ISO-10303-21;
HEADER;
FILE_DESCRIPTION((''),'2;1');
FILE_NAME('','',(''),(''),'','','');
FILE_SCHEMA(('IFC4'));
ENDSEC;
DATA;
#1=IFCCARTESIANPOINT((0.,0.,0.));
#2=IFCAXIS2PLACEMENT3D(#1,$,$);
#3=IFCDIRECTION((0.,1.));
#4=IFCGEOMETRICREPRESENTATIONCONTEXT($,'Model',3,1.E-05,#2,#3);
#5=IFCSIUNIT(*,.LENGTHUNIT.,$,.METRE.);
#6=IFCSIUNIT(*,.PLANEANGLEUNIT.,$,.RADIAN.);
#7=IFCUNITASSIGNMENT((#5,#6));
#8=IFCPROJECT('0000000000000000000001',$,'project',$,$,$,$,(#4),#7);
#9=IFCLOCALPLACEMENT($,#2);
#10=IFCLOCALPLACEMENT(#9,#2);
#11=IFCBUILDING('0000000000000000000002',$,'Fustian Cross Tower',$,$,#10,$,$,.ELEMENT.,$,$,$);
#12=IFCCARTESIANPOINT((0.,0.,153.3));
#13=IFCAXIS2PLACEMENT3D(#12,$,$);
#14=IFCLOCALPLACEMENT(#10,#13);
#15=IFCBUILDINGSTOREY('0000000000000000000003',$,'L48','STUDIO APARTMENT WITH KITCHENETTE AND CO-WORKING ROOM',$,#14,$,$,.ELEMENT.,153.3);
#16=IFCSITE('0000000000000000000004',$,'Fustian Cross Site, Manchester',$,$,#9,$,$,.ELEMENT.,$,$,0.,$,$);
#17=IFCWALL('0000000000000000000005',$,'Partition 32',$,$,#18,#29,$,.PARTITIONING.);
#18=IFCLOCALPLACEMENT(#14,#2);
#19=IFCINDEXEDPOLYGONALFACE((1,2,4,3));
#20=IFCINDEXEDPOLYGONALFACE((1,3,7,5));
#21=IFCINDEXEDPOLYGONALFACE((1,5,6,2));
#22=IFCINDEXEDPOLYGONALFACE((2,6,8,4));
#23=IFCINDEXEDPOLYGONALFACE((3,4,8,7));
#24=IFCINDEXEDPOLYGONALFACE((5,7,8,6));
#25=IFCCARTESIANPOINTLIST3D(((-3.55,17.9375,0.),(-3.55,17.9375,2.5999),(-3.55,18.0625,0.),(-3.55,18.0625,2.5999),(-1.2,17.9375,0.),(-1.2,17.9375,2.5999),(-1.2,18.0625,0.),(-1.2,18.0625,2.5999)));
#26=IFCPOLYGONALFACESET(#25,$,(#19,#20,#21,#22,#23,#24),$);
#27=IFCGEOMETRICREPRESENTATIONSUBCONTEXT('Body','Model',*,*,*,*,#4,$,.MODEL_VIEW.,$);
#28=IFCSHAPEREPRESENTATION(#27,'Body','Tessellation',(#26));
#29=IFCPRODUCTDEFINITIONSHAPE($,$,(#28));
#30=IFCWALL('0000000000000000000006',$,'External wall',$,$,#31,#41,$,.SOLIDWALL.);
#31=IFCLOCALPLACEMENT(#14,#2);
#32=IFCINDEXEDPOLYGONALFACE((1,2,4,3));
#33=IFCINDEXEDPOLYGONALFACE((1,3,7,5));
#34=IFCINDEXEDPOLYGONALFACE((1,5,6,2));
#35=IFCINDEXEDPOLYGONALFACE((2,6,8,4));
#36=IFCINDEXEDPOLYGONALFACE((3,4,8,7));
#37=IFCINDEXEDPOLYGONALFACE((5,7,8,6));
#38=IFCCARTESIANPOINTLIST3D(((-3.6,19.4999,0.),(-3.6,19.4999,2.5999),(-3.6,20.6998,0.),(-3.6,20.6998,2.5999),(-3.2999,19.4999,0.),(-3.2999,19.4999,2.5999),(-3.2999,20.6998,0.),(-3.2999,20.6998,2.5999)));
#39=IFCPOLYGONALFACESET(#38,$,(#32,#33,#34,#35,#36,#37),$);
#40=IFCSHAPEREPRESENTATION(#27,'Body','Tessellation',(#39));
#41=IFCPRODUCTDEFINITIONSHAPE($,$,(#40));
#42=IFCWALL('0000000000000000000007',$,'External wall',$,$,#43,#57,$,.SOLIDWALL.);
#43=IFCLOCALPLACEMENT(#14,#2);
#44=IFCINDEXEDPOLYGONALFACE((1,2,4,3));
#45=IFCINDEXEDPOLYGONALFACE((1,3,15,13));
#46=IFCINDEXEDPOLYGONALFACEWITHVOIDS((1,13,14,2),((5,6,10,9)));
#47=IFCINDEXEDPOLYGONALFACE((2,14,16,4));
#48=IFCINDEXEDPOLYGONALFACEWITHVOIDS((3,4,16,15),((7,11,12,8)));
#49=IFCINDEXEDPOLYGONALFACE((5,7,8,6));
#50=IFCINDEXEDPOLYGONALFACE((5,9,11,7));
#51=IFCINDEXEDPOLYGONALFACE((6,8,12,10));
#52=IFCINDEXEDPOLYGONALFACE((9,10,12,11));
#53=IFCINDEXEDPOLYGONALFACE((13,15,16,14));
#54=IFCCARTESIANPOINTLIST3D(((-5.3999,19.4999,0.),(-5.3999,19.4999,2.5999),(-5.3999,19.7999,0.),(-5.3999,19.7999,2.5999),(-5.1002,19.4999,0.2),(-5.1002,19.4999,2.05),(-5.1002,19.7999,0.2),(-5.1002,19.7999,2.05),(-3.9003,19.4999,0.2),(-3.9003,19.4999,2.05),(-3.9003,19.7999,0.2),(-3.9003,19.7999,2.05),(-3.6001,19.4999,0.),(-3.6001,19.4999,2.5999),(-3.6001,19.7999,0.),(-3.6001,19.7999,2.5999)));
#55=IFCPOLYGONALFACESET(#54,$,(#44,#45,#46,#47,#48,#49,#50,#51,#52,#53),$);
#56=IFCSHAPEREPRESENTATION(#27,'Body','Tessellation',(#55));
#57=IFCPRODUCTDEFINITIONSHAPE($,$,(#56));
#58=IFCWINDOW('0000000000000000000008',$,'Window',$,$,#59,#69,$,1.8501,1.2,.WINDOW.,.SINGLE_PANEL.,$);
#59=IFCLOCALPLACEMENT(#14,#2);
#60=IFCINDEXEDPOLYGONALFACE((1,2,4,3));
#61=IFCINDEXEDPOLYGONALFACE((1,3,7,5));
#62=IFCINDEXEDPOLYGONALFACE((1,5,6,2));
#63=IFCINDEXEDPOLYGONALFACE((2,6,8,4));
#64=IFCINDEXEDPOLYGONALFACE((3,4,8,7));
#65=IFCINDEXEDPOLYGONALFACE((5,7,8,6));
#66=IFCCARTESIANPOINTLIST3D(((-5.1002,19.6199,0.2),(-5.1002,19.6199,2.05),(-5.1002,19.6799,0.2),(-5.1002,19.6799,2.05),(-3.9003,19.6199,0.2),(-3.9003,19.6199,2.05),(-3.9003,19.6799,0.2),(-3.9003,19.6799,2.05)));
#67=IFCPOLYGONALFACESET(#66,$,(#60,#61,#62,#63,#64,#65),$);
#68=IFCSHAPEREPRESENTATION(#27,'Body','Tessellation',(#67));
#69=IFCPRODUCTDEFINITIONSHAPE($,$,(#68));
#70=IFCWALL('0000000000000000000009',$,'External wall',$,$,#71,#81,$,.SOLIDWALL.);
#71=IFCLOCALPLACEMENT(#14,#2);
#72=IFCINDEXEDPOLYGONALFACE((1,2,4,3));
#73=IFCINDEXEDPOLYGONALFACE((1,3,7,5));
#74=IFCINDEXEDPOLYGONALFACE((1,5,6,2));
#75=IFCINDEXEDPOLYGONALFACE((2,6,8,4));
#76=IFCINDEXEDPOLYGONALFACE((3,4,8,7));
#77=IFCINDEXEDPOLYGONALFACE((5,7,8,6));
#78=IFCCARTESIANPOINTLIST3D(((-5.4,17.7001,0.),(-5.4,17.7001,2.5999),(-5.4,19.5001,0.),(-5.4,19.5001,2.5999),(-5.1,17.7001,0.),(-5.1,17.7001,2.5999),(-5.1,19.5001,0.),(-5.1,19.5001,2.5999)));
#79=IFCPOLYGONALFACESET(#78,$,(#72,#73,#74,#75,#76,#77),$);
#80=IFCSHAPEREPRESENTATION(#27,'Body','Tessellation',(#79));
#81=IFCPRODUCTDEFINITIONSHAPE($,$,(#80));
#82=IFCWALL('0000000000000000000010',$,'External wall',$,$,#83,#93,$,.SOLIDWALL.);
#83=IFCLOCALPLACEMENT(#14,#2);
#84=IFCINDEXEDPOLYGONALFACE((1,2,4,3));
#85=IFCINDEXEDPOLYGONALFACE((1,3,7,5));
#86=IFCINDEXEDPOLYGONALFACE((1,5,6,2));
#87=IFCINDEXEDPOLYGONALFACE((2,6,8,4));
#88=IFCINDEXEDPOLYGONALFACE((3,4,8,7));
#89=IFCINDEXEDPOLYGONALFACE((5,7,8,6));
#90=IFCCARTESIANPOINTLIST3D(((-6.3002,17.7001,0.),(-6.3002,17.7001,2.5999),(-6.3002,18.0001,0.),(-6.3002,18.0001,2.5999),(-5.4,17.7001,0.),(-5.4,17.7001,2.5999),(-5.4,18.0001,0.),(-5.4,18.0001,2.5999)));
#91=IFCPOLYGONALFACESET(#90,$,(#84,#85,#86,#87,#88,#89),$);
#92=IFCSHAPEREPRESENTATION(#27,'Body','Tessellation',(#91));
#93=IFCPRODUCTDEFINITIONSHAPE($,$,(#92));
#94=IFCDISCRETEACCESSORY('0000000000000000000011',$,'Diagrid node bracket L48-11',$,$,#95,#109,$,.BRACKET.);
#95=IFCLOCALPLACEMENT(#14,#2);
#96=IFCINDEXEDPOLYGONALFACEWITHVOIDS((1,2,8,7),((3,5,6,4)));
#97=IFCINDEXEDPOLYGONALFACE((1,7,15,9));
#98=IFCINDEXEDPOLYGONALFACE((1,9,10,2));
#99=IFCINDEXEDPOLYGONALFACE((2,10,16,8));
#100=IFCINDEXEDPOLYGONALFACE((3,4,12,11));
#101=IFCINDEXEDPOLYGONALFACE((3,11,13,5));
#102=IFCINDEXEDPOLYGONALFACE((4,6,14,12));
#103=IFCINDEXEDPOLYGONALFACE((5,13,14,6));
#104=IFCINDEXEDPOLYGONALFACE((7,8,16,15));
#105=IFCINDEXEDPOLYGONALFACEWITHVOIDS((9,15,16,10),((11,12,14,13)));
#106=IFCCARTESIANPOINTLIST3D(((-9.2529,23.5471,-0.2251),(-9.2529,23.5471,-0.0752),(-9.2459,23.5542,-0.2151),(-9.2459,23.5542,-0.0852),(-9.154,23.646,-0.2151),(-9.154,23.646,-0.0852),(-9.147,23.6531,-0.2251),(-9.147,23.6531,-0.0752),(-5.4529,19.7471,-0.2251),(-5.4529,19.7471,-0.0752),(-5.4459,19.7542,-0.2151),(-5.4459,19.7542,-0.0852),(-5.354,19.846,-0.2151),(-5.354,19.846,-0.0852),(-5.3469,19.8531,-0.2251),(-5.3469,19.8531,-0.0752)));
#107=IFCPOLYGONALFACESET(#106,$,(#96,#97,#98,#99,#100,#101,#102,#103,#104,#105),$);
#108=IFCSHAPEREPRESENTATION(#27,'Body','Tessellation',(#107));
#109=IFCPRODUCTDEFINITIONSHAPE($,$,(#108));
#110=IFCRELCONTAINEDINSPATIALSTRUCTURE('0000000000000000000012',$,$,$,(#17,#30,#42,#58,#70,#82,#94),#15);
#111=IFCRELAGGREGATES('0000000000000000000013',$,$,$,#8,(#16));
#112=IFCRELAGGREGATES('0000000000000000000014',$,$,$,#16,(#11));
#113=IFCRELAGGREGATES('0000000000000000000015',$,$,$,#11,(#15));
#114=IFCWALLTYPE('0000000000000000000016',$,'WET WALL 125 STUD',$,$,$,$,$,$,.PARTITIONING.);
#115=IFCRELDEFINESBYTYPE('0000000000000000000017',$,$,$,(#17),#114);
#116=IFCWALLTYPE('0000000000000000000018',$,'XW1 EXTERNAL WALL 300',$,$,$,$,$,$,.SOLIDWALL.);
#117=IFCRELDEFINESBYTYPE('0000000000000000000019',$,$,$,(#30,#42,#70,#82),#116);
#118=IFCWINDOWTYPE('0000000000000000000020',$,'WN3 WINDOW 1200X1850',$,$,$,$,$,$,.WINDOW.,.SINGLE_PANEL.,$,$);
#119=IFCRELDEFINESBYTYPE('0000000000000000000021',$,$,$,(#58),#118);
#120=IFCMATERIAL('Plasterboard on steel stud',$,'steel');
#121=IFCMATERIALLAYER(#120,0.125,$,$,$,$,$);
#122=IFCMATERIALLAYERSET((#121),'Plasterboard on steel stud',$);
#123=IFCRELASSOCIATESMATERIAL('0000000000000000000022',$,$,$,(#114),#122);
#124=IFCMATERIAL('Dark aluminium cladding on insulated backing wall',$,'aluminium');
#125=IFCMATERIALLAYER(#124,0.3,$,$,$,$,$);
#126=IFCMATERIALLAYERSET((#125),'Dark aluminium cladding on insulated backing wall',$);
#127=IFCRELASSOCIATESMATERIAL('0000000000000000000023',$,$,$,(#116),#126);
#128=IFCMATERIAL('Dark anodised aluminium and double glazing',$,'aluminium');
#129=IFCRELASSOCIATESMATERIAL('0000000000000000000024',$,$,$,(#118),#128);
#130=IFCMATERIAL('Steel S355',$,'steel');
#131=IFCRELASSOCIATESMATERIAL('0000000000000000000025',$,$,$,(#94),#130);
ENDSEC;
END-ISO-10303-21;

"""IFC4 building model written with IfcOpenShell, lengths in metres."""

from ifc_helpers import new_model, si_unit, direction, frame, frame_2d, origin, origin_2d, place, context, subcontext, project, spatial, rectangle, hollow_rectangle, extrude, material, layer, layer_set, type_object, element, fill, save


model = new_model("IFC4")

# Units and contexts
model_context = context("Model", 3, precision=1e-05, world=origin(), true_north=direction((0.0, 1.0)))
body_context = subcontext(model_context, "Body", "Model", "MODEL_VIEW")
ifc_project = project(units=[si_unit("LENGTHUNIT", "METRE"), si_unit("PLANEANGLEUNIT", "RADIAN")], contexts=[model_context])

# Site, building, storey
site_placement = place(None, origin())
site = spatial("IfcSite", under=ifc_project, at=site_placement, Name="Fustian Cross Site, Manchester", CompositionType="ELEMENT", RefElevation=0.0)
building_placement = place(site_placement, origin())
building = spatial("IfcBuilding", under=site, at=building_placement, Name="Fustian Cross Tower", CompositionType="ELEMENT")
storey_placement = place(building_placement, frame((0.0, 0.0, 153.3)))
storey = spatial("IfcBuildingStorey", under=building, at=storey_placement, Name="L48", Description="STUDIO APARTMENT WITH KITCHENETTE AND CO-WORKING ROOM", CompositionType="ELEMENT", Elevation=153.3)

# Walls
ifc_material_1 = material(Name="Plasterboard on steel stud", Category="steel")
ifc_layer_1 = layer(ifc_material_1, 0.125)
ifc_layer_set_1 = layer_set([ifc_layer_1], Name="Plasterboard on steel stud")
wall_type_1 = type_object("IfcWallType", Name="WET WALL 125 STUD", PredefinedType="PARTITIONING", material=ifc_layer_set_1)
wall_1_placement = place(storey_placement, frame((-3.55, 18.0, 0.0), z_axis=(0.0, 0.0, 1.0), x_axis=(1.0, 0.0, 0.0)))
element("IfcWall", 1, at=wall_1_placement, inside=storey, type_object=wall_type_1, Name="Partition 32", PredefinedType="PARTITIONING", context=body_context, shape_type="SweptSolid", body=[
    extrude(rectangle(XDim=2.3501, YDim=0.125, at=frame_2d((1.175, 0.0))), origin(), (0.0, 0.0, 1.0), 2.5999),
])
ifc_material_2 = material(Name="Dark aluminium cladding on insulated backing wall", Category="aluminium")
ifc_layer_2 = layer(ifc_material_2, 0.3)
ifc_layer_set_2 = layer_set([ifc_layer_2], Name="Dark aluminium cladding on insulated backing wall")
wall_type_2 = type_object("IfcWallType", Name="XW1 EXTERNAL WALL 300", PredefinedType="SOLIDWALL", material=ifc_layer_set_2)
wall_2_placement = place(storey_placement, frame((-3.45, 20.7, 0.0), z_axis=(0.0, 0.0, 1.0), x_axis=(0.0, -1.0, 0.0)))
element("IfcWall", 2, at=wall_2_placement, inside=storey, type_object=wall_type_2, Name="External wall", PredefinedType="SOLIDWALL", context=body_context, shape_type="SweptSolid", body=[
    extrude(rectangle(XDim=1.2, YDim=0.3, at=frame_2d((0.6001, 0.0))), origin(), (0.0, 0.0, 1.0), 2.5999),
])

# Wall, opening, window
wall_3_placement = place(storey_placement, frame((-3.6001, 19.6499, 0.0), z_axis=(0.0, 0.0, 1.0), x_axis=(-1.0, 0.0, 0.0)))
wall_3 = element("IfcWall", 3, at=wall_3_placement, inside=storey, type_object=wall_type_2, Name="External wall", PredefinedType="SOLIDWALL", context=body_context, shape_type="SweptSolid", body=[
    extrude(rectangle(XDim=1.7998, YDim=0.3, at=frame_2d((0.8999, 0.0))), origin(), (0.0, 0.0, 1.0), 2.5999),
])
opening_1_placement = place(wall_3_placement, frame((0.3, 0.0, 0.2)))
opening_1 = element("IfcOpeningElement", 4, at=opening_1_placement, cuts=wall_3, PredefinedType="OPENING", context=body_context, shape_type="SweptSolid", body=[
    extrude(rectangle(XDim=1.2, YDim=1.8501, at=frame_2d((0.6001, 0.925))), frame((0.0, 0.1599, 0.0), z_axis=(0.0, -1.0, 0.0), x_axis=(1.0, 0.0, 0.0)), (0.0, 0.0, 1.0), 0.3201),
])
ifc_material_3 = material(Name="Dark anodised aluminium and double glazing", Category="aluminium")
window_type = type_object("IfcWindowType", Name="WN3 WINDOW 1200X1850", PartitioningType="SINGLE_PANEL", PredefinedType="WINDOW", material=ifc_material_3)
window_placement = place(opening_1_placement, origin())
window = element("IfcWindow", 5, at=window_placement, inside=storey, type_object=window_type, Name="Window", OverallHeight=1.8501, OverallWidth=1.2, PartitioningType="SINGLE_PANEL", PredefinedType="WINDOW", context=body_context, shape_type="SweptSolid", body=[
    extrude(rectangle(XDim=1.2, YDim=1.8501, at=frame_2d((0.6001, 0.925))), frame((0.0, 0.03, 0.0), z_axis=(0.0, -1.0, 0.0), x_axis=(1.0, 0.0, 0.0)), (0.0, 0.0, 1.0), 0.0601),
])
fill(opening_1, window)

# Walls
wall_4_placement = place(storey_placement, frame((-5.25, 19.5, 0.0), z_axis=(0.0, 0.0, 1.0), x_axis=(0.0, -1.0, 0.0)))
element("IfcWall", 6, at=wall_4_placement, inside=storey, type_object=wall_type_2, Name="External wall", PredefinedType="SOLIDWALL", context=body_context, shape_type="SweptSolid", body=[
    extrude(rectangle(XDim=1.8, YDim=0.3, at=frame_2d((0.8999, 0.0))), origin(), (0.0, 0.0, 1.0), 2.5999),
])
wall_5_placement = place(storey_placement, frame((-5.3999, 17.8501, 0.0), z_axis=(0.0, 0.0, 1.0), x_axis=(-1.0, 0.0, 0.0)))
element("IfcWall", 7, at=wall_5_placement, inside=storey, type_object=wall_type_2, Name="External wall", PredefinedType="SOLIDWALL", context=body_context, shape_type="SweptSolid", body=[
    extrude(rectangle(XDim=0.9001, YDim=0.3, at=frame_2d((0.4502, 0.0))), origin(), (0.0, 0.0, 1.0), 2.5999),
])

# Discrete accessory
ifc_material_4 = material(Name="Steel S355", Category="steel")
discrete_accessory_placement = place(storey_placement, frame((-9.2, 23.6001, -0.1501), z_axis=(0.707107, -0.707107, 0.0), x_axis=(0.707107, 0.707107, 0.0)))
element("IfcDiscreteAccessory", 8, at=discrete_accessory_placement, inside=storey, material=ifc_material_4, Name="Diagrid node bracket L48-11", PredefinedType="BRACKET", context=body_context, shape_type="SweptSolid", body=[
    extrude(hollow_rectangle(XDim=0.1499, YDim=0.1499, WallThickness=0.01, at=origin_2d()), origin(), (0.0, 0.0, 1.0), 5.374),
])

save(model, "model.ifc")
